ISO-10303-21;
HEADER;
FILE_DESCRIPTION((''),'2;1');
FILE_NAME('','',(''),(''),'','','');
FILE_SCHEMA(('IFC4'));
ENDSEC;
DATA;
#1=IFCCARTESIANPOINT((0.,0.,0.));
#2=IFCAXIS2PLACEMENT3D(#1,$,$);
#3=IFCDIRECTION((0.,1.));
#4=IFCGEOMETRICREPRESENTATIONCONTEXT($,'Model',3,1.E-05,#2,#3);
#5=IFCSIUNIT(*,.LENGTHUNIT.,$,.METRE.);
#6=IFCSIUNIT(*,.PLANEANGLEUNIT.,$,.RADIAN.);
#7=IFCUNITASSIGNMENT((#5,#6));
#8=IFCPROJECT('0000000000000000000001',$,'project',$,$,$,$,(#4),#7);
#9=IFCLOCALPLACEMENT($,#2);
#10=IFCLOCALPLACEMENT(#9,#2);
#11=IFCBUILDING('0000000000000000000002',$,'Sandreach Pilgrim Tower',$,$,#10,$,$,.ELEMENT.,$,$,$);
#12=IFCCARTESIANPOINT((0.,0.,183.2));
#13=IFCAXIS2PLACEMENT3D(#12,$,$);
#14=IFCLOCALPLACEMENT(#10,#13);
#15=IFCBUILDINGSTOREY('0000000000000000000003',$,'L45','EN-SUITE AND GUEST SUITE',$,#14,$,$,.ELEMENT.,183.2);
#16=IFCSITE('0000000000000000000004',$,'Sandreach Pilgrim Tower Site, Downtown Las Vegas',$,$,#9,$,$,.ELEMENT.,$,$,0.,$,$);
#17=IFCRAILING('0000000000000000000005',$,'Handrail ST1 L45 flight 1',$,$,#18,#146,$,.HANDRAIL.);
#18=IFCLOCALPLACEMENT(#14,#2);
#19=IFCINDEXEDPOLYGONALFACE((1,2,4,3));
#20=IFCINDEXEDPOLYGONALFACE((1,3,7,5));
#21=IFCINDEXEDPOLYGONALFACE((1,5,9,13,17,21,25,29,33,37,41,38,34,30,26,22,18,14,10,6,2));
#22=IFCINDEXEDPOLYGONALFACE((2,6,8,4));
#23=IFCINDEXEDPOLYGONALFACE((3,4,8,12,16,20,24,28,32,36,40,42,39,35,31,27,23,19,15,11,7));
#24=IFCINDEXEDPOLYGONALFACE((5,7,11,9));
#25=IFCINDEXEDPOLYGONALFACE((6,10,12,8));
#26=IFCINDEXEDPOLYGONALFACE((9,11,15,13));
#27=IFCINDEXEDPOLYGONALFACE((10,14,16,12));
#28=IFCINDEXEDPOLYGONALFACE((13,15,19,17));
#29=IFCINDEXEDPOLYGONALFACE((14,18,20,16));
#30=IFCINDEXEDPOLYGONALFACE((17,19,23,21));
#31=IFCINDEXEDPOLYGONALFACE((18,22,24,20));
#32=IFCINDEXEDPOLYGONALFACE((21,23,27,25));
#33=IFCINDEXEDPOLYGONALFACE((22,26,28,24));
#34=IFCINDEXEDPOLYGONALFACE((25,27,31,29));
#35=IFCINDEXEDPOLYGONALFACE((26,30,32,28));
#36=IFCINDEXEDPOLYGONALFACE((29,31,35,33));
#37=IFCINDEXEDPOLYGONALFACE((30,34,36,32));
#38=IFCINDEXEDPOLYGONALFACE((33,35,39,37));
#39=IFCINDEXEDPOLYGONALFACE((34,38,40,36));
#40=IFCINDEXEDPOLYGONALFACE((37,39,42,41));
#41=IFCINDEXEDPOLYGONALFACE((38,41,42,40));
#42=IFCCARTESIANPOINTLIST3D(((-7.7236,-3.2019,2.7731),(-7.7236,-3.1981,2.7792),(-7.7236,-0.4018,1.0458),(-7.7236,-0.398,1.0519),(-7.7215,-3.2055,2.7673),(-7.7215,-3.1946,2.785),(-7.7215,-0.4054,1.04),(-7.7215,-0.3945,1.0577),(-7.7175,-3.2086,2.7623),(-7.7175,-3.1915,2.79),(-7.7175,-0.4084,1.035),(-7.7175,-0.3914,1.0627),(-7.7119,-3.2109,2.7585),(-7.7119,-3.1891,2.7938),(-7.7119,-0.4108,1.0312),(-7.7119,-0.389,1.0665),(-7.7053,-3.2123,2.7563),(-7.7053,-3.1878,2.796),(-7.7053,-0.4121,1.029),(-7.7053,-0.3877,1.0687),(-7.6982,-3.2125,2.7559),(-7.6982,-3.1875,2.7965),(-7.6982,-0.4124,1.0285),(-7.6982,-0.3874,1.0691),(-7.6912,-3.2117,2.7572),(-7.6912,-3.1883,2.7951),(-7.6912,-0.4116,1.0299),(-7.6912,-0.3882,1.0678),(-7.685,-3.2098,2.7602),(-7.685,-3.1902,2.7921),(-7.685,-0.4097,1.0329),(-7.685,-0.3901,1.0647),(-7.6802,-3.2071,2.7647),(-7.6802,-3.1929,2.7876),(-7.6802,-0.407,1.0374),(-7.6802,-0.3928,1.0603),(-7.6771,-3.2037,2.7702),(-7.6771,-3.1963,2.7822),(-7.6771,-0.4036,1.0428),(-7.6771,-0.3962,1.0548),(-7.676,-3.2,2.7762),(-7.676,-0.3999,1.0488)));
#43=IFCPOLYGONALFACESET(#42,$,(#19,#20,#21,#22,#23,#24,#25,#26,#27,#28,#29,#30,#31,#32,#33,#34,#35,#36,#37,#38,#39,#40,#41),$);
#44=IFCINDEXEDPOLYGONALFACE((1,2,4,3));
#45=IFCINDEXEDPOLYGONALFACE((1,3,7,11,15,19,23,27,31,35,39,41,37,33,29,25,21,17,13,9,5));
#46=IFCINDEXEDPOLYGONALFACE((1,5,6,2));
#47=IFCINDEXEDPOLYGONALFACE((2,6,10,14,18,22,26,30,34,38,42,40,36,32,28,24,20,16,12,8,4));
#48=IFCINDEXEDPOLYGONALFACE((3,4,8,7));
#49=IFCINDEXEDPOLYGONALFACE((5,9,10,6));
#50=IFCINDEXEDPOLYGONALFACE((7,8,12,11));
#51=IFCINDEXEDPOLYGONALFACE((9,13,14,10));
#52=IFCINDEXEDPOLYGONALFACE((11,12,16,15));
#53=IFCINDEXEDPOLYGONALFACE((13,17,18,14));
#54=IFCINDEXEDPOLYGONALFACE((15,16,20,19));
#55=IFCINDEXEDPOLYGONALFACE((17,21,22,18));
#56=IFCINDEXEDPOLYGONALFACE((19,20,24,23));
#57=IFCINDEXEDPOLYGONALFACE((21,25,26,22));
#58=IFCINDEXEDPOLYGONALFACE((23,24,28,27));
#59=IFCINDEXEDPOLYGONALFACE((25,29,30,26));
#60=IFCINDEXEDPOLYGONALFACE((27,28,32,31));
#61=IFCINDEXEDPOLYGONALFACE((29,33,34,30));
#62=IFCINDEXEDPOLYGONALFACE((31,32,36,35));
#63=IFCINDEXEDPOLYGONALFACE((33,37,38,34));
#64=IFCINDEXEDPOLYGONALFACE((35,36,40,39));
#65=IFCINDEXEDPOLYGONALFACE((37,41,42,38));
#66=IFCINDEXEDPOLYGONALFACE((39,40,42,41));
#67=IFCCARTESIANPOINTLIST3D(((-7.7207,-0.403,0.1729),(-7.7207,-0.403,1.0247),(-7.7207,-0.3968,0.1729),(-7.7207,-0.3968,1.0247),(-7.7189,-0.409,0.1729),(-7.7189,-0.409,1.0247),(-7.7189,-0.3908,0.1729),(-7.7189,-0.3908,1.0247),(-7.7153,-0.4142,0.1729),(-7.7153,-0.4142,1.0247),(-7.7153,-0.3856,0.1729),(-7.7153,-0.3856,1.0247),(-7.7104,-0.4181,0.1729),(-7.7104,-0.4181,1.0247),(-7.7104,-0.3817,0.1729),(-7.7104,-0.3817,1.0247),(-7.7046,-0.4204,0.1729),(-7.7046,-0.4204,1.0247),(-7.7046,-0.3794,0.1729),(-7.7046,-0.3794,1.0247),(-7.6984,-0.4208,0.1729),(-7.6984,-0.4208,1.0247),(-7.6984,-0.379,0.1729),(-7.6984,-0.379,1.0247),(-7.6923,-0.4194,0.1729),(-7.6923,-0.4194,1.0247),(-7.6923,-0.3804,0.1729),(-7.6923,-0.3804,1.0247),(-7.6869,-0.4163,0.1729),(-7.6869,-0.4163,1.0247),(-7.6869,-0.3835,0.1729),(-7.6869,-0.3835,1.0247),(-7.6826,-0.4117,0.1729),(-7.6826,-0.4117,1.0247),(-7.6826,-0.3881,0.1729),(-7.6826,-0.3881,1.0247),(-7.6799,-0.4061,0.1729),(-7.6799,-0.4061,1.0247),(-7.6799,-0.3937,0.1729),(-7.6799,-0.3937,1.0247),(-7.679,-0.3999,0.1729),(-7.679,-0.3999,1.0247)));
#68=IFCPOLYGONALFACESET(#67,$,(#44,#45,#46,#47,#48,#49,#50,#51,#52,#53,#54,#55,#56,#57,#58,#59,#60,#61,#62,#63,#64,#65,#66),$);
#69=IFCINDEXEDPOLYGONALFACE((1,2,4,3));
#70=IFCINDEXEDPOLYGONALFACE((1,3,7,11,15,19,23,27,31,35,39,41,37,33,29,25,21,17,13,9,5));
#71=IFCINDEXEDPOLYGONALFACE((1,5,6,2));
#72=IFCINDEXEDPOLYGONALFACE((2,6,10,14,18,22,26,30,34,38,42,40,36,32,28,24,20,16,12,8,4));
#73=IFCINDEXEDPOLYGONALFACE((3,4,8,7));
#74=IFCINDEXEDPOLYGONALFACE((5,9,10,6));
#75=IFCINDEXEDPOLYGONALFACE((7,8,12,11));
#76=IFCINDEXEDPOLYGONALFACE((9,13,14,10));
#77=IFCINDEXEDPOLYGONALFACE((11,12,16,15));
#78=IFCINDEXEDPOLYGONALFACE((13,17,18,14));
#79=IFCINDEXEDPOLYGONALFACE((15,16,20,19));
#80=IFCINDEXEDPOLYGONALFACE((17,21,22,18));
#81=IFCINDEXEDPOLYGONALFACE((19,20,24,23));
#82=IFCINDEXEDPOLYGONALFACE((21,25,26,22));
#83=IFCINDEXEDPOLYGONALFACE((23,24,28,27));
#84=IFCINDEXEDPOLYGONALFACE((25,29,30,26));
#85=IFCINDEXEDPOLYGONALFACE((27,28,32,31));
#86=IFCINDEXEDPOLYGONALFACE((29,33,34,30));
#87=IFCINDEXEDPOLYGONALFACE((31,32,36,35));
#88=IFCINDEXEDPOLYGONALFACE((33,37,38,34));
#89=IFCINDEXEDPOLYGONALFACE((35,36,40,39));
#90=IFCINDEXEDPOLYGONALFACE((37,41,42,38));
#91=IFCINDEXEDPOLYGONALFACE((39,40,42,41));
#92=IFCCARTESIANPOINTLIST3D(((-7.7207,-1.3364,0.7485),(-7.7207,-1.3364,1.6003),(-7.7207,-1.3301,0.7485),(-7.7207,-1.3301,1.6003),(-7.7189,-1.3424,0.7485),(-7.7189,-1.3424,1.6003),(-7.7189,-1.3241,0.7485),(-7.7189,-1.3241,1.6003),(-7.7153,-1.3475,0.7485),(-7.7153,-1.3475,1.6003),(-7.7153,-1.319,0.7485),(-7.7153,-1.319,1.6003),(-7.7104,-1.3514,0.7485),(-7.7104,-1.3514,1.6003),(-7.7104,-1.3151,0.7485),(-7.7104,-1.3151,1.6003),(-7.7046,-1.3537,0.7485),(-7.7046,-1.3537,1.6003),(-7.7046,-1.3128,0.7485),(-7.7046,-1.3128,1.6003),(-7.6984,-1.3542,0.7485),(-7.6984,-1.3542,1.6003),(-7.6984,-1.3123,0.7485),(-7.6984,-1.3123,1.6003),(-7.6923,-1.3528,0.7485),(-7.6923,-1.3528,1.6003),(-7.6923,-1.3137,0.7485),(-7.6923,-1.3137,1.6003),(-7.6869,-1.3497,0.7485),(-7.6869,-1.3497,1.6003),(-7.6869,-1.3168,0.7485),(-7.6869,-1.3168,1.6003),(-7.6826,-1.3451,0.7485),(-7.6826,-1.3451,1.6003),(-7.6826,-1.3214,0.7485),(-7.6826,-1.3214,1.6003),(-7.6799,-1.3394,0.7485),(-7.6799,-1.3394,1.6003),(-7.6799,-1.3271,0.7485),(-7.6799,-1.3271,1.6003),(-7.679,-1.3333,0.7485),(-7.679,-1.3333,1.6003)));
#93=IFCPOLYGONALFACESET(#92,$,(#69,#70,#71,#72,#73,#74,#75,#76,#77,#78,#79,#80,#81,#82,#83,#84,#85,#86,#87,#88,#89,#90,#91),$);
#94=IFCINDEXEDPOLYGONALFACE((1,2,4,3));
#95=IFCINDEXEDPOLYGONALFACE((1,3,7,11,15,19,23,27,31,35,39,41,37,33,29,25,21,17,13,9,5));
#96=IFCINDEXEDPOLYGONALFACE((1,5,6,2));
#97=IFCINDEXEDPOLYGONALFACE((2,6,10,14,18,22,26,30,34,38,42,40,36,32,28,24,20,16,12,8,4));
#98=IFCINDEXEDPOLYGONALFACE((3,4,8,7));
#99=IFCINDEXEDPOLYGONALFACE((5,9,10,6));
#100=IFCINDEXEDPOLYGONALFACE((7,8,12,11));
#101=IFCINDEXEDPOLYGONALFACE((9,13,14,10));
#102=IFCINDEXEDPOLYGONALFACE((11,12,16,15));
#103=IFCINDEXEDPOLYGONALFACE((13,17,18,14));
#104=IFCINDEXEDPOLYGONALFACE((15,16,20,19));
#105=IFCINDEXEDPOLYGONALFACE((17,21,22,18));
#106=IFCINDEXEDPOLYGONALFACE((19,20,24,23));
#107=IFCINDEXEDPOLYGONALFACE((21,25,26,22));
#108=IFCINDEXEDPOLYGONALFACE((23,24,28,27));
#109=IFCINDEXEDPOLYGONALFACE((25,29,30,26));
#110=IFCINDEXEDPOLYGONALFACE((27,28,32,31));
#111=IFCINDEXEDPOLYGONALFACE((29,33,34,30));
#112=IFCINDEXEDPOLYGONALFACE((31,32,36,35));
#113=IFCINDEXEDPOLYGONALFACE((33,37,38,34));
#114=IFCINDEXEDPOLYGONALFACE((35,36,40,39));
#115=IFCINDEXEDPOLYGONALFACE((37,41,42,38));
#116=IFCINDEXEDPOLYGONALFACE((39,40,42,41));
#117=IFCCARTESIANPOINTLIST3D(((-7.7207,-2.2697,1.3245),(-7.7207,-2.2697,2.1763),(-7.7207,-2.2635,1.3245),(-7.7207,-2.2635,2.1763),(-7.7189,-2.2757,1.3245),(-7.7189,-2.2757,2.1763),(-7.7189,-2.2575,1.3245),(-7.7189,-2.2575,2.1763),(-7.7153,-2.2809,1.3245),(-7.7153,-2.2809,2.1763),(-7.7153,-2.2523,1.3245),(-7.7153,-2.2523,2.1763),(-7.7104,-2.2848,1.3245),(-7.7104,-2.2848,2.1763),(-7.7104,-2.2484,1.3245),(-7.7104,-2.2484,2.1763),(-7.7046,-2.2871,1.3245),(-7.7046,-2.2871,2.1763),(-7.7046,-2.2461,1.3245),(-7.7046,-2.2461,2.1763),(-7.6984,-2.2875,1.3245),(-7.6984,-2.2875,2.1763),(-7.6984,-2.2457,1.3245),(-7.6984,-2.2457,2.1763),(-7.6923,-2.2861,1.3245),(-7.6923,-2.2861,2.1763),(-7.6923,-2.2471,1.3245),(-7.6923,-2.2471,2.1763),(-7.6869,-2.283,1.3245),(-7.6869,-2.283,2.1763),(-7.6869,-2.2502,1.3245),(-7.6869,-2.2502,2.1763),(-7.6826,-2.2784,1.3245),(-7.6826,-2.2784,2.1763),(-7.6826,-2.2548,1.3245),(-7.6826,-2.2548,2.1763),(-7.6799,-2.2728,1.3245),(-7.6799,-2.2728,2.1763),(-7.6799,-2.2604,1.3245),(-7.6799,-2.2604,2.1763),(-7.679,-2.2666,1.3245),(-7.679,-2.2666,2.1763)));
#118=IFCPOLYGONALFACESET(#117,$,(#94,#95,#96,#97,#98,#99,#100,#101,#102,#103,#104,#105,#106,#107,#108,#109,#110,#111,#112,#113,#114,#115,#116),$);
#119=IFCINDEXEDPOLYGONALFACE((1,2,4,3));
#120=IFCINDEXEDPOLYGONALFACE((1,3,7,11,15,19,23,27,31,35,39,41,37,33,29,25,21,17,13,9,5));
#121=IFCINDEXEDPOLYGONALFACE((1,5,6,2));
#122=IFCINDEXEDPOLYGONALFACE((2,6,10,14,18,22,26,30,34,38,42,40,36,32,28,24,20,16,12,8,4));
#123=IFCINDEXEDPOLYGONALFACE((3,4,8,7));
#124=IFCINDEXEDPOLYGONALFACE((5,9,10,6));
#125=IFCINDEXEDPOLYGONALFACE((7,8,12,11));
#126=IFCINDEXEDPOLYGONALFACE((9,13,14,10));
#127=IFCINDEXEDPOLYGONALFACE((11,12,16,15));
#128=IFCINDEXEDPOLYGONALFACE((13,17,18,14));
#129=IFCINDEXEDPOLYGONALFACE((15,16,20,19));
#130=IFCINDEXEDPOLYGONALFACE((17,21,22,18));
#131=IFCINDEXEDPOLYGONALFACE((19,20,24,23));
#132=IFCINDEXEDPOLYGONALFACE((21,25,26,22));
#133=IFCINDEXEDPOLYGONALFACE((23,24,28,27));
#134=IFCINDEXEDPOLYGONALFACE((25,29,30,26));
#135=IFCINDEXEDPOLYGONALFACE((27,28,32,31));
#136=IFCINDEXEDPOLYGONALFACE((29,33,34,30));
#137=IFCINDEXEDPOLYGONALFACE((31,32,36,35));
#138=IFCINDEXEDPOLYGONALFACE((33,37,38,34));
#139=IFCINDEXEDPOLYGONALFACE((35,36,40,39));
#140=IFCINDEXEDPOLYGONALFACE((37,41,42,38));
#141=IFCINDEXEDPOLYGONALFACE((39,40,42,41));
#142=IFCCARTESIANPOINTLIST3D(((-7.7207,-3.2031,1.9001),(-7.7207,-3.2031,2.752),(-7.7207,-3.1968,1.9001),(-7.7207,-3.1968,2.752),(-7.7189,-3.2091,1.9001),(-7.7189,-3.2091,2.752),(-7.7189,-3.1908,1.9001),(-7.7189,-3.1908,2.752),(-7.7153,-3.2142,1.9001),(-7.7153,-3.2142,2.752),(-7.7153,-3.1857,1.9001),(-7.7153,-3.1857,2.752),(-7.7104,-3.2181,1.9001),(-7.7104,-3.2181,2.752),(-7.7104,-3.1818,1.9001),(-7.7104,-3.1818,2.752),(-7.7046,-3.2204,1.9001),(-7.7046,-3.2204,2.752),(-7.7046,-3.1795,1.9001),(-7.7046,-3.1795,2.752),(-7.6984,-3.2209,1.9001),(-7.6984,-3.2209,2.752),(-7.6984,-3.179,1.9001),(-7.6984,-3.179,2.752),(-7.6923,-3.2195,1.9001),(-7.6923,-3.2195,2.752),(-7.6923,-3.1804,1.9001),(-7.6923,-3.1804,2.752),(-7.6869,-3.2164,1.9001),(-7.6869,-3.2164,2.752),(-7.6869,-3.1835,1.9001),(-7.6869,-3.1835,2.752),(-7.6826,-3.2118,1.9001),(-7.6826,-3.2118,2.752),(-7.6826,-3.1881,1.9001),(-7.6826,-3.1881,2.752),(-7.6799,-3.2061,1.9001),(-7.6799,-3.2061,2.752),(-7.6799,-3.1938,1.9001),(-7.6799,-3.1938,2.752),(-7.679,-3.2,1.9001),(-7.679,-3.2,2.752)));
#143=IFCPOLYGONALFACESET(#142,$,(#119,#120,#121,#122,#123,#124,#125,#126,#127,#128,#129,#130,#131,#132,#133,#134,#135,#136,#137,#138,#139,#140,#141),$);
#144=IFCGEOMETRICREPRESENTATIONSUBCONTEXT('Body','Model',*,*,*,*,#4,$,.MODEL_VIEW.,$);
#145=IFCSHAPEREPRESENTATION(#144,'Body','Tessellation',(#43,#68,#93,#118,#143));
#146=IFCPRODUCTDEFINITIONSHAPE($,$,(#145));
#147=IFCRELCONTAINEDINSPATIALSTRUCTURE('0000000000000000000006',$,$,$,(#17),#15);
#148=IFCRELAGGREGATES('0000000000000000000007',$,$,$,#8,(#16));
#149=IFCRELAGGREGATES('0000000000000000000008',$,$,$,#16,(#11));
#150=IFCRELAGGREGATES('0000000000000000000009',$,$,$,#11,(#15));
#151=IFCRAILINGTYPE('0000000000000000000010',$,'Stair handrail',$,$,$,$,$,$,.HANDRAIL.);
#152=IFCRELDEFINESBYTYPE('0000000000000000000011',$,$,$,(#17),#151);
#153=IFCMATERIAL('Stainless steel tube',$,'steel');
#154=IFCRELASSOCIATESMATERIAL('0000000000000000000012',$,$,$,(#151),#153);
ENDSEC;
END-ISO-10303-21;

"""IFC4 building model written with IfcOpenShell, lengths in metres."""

from ifc_helpers import new_model, si_unit, direction, frame, origin, origin_2d, place, context, subcontext, project, spatial, circle, extrude, material, type_object, element, save


model = new_model("IFC4")

# Units and contexts
model_context = context("Model", 3, precision=1e-05, world=origin(), true_north=direction((0.0, 1.0)))
body_context = subcontext(model_context, "Body", "Model", "MODEL_VIEW")
ifc_project = project(units=[si_unit("LENGTHUNIT", "METRE"), si_unit("PLANEANGLEUNIT", "RADIAN")], contexts=[model_context])

# Site, building, storey
site_placement = place(None, origin())
site = spatial("IfcSite", under=ifc_project, at=site_placement, Name="Sandreach Pilgrim Tower Site, Downtown Las Vegas", CompositionType="ELEMENT", RefElevation=0.0)
building_placement = place(site_placement, origin())
building = spatial("IfcBuilding", under=site, at=building_placement, Name="Sandreach Pilgrim Tower", CompositionType="ELEMENT")
storey_placement = place(building_placement, frame((0.0, 0.0, 183.2)))
storey = spatial("IfcBuildingStorey", under=building, at=storey_placement, Name="L45", Description="EN-SUITE AND GUEST SUITE", CompositionType="ELEMENT", Elevation=183.2)

# Railing
ifc_material_1 = material(Name="Stainless steel tube", Category="steel")
railing_type = type_object("IfcRailingType", Name="Stair handrail", PredefinedType="HANDRAIL", material=ifc_material_1)
for number, where, name in (
    (1, (-7.7, -0.3999, 0.1729), "Handrail ST1 L45 flight 1"),
):
    element("IfcRailing", number, at=place(storey_placement, frame(where)), inside=storey, type_object=railing_type, Name=name, PredefinedType="HANDRAIL", context=body_context, shape_type="SweptSolid", body=[
        extrude(circle(Radius=0.0239, at=origin_2d()), frame((0.0, 0.0, 0.876), z_axis=(0.0, -0.85109, 0.52502), x_axis=(1.0, 0.0, 0.0)), (0.0, 0.0, 1.0), 3.29),
        extrude(circle(Radius=0.021, at=origin_2d()), origin(), (0.0, 0.0, 1.0), 0.8518),
        extrude(circle(Radius=0.021, at=origin_2d()), frame((0.0, -0.9333, 0.5757)), (0.0, 0.0, 1.0), 0.8518),
        extrude(circle(Radius=0.021, at=origin_2d()), frame((0.0, -1.8667, 1.1516)), (0.0, 0.0, 1.0), 0.8518),
        extrude(circle(Radius=0.021, at=origin_2d()), frame((0.0, -2.8, 1.7273)), (0.0, 0.0, 1.0), 0.8518),
    ])

save(model, "model.ifc")
